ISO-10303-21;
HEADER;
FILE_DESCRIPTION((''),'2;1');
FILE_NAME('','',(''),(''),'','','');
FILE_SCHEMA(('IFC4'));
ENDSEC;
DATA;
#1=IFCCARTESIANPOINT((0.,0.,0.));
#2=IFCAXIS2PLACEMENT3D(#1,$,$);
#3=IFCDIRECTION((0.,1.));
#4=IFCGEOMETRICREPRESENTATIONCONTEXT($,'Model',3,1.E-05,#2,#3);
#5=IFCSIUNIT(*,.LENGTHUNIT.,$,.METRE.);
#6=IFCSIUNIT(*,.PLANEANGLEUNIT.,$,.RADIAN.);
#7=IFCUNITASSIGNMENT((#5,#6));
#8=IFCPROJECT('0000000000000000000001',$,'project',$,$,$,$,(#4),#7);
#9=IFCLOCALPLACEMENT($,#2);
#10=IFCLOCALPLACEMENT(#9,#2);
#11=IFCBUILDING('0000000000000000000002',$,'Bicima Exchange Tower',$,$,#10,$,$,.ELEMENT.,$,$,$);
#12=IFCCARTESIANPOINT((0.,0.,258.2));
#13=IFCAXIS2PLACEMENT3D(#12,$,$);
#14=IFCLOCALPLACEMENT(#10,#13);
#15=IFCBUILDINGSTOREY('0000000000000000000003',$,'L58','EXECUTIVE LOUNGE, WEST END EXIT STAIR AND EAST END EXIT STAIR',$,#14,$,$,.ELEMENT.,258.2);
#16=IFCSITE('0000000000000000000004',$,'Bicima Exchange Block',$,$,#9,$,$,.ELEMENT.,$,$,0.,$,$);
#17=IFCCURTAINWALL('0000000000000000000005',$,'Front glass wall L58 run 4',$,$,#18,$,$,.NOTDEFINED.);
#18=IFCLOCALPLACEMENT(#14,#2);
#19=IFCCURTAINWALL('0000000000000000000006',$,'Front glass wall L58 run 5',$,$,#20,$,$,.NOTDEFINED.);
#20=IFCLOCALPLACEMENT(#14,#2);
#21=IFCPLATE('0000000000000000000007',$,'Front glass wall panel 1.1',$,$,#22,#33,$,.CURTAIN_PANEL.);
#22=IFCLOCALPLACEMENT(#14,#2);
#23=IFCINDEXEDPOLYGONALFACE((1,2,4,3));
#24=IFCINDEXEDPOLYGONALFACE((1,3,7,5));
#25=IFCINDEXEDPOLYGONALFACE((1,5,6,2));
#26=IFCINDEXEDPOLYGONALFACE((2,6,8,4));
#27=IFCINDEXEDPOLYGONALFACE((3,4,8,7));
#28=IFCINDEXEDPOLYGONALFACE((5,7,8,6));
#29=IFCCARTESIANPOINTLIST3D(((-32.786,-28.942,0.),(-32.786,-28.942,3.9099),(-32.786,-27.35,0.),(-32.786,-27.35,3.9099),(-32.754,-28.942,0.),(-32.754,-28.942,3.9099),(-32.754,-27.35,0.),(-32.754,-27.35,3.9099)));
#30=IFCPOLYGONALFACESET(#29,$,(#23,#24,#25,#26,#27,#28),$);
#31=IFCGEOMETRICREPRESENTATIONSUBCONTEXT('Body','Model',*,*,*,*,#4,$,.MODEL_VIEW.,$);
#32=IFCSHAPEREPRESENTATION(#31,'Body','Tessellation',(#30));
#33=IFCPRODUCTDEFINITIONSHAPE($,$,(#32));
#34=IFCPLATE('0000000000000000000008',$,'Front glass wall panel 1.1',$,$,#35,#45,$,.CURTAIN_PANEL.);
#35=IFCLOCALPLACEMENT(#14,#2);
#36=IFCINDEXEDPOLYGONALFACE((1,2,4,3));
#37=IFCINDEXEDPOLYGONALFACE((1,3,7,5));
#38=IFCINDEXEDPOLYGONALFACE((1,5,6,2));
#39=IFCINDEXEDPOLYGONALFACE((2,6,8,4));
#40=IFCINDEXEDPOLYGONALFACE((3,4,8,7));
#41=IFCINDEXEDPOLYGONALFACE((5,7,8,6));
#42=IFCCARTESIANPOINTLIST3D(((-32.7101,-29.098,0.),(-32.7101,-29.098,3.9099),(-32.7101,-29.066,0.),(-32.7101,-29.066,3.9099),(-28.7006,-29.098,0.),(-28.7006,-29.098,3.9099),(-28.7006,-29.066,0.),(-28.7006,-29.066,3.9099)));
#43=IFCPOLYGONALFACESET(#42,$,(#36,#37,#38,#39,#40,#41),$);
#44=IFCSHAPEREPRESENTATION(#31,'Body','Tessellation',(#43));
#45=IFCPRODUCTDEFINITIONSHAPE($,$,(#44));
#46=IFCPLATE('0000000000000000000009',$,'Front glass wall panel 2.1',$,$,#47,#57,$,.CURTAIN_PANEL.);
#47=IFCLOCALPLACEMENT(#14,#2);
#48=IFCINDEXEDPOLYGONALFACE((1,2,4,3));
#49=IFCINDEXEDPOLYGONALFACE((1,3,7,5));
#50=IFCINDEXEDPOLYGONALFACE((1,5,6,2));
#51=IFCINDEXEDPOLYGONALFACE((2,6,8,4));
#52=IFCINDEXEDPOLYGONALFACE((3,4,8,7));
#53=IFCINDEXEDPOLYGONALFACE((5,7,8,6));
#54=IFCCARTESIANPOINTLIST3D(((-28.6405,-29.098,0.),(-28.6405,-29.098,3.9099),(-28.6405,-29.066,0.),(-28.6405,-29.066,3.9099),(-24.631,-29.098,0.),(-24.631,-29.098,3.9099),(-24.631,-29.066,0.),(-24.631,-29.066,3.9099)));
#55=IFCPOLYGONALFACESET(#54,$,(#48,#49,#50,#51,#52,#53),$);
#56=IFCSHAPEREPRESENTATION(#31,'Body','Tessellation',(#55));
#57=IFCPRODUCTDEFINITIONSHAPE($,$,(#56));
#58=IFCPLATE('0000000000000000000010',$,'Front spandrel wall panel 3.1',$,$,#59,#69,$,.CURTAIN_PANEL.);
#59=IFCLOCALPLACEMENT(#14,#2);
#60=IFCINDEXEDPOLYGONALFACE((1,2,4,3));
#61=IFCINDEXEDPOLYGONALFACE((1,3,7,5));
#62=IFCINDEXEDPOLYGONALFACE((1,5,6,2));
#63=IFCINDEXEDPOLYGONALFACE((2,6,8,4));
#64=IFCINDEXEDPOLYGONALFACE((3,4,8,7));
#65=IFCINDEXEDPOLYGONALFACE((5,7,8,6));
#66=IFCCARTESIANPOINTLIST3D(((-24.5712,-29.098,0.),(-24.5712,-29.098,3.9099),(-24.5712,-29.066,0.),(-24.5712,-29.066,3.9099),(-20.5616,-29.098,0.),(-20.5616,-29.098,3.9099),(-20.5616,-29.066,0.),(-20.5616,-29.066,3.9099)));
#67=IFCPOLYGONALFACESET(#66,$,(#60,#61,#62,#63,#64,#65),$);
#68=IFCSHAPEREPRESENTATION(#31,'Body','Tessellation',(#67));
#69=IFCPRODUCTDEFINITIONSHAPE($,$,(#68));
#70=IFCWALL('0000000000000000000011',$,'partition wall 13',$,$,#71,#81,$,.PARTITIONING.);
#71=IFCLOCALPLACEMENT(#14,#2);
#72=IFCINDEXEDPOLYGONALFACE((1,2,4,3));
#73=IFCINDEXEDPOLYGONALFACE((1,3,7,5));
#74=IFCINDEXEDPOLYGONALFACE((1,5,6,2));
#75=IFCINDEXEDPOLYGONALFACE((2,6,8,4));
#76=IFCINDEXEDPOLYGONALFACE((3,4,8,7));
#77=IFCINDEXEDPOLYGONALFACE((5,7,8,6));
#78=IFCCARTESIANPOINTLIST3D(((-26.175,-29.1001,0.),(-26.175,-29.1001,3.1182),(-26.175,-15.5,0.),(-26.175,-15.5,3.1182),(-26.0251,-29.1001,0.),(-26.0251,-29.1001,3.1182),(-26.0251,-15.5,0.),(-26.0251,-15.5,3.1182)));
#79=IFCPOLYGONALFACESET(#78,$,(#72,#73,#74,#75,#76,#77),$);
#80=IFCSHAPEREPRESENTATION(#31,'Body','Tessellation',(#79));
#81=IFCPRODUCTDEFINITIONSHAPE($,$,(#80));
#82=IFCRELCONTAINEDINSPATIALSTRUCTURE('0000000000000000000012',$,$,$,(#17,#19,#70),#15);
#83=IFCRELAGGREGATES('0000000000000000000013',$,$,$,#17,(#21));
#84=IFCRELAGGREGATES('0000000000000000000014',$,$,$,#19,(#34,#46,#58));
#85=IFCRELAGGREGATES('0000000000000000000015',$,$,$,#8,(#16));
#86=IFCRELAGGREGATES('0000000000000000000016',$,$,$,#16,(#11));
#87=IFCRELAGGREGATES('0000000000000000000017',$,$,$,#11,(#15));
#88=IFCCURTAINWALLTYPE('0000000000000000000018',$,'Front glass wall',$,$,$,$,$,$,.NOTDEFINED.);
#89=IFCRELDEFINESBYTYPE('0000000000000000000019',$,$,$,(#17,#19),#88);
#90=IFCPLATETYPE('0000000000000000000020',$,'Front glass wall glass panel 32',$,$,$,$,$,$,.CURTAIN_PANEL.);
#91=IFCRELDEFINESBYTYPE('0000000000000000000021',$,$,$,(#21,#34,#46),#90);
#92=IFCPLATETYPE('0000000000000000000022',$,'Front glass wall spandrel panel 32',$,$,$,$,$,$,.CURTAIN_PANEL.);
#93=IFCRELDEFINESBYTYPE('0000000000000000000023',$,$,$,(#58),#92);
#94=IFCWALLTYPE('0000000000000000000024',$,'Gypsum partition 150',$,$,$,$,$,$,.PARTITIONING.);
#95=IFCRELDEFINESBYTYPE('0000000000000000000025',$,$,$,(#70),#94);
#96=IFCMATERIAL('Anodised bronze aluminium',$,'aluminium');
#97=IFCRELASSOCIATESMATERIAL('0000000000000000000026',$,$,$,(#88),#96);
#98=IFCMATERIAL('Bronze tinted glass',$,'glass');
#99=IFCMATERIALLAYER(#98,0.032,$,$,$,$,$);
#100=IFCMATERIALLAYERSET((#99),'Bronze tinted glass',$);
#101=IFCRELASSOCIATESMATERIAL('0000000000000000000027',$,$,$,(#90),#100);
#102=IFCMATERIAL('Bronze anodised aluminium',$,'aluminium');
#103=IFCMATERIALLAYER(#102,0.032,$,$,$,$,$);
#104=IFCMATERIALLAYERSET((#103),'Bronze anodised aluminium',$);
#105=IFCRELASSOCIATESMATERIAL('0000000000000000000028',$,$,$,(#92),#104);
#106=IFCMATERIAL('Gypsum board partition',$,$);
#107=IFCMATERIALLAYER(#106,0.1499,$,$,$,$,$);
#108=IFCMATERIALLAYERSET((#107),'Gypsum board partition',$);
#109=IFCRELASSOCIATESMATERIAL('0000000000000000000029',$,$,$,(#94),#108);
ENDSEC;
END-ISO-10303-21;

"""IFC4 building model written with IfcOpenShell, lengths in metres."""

from ifc_helpers import new_model, si_unit, direction, frame, frame_2d, origin, origin_2d, place, context, subcontext, project, spatial, rectangle, extrude, material, layer, layer_set, type_object, element, aggregate, save


model = new_model("IFC4")

# Units and contexts
model_context = context("Model", 3, precision=1e-05, world=origin(), true_north=direction((0.0, 1.0)))
body_context = subcontext(model_context, "Body", "Model", "MODEL_VIEW")
ifc_project = project(units=[si_unit("LENGTHUNIT", "METRE"), si_unit("PLANEANGLEUNIT", "RADIAN")], contexts=[model_context])

# Site, building, storey
site_placement = place(None, origin())
site = spatial("IfcSite", under=ifc_project, at=site_placement, Name="Bicima Exchange Block", CompositionType="ELEMENT", RefElevation=0.0)
building_placement = place(site_placement, origin())
building = spatial("IfcBuilding", under=site, at=building_placement, Name="Bicima Exchange Tower", CompositionType="ELEMENT")
storey_placement = place(building_placement, frame((0.0, 0.0, 258.2)))
storey = spatial("IfcBuildingStorey", under=building, at=storey_placement, Name="L58", Description="EXECUTIVE LOUNGE, WEST END EXIT STAIR AND EAST END EXIT STAIR", CompositionType="ELEMENT", Elevation=258.2)

# Curtain walls
ifc_material_1 = material(Name="Anodised bronze aluminium", Category="aluminium")
curtain_wall_type = type_object("IfcCurtainWallType", Name="Front glass wall", PredefinedType="NOTDEFINED", material=ifc_material_1)
curtain_wall_1_placement = place(storey_placement, origin())
curtain_wall_1 = element("IfcCurtainWall", 1, at=curtain_wall_1_placement, inside=storey, type_object=curtain_wall_type, Name="Front glass wall L58 run 4", PredefinedType="NOTDEFINED")
curtain_wall_2_placement = place(storey_placement, origin())
curtain_wall_2 = element("IfcCurtainWall", 2, at=curtain_wall_2_placement, inside=storey, type_object=curtain_wall_type, Name="Front glass wall L58 run 5", PredefinedType="NOTDEFINED")

# Plates
ifc_material_2 = material(Name="Bronze tinted glass", Category="glass")
ifc_layer_1 = layer(ifc_material_2, 0.032)
ifc_layer_set_1 = layer_set([ifc_layer_1], Name="Bronze tinted glass")
plate_type_1 = type_object("IfcPlateType", Name="Front glass wall glass panel 32", PredefinedType="CURTAIN_PANEL", material=ifc_layer_set_1)
plate_1_placement = place(storey_placement, frame((-32.77, -28.146, 0.0), z_axis=(0.0, 0.0, 1.0), x_axis=(0.0, -1.0, 0.0)))
plate_1 = element("IfcPlate", 3, at=plate_1_placement, type_object=plate_type_1, Name="Front glass wall panel 1.1", PredefinedType="CURTAIN_PANEL", context=body_context, shape_type="SweptSolid", body=[
    extrude(rectangle(XDim=1.592, YDim=0.032, at=origin_2d()), origin(), (0.0, 0.0, 1.0), 3.9099),
])
aggregate(curtain_wall_1, [plate_1])
plate_2_placement = place(storey_placement, frame((-30.7053, -29.082, 0.0), z_axis=(0.0, 0.0, 1.0), x_axis=(1.0, 0.0, 0.0)))
plate_2 = element("IfcPlate", 4, at=plate_2_placement, type_object=plate_type_1, Name="Front glass wall panel 1.1", PredefinedType="CURTAIN_PANEL", context=body_context, shape_type="SweptSolid", body=[
    extrude(rectangle(XDim=4.0095, YDim=0.032, at=origin_2d()), origin(), (0.0, 0.0, 1.0), 3.9099),
])
plate_3_placement = place(storey_placement, frame((-26.6357, -29.082, 0.0), z_axis=(0.0, 0.0, 1.0), x_axis=(1.0, 0.0, 0.0)))
plate_3 = element("IfcPlate", 5, at=plate_3_placement, type_object=plate_type_1, Name="Front glass wall panel 2.1", PredefinedType="CURTAIN_PANEL", context=body_context, shape_type="SweptSolid", body=[
    extrude(rectangle(XDim=4.0095, YDim=0.032, at=origin_2d()), origin(), (0.0, 0.0, 1.0), 3.9099),
])
ifc_material_3 = material(Name="Bronze anodised aluminium", Category="aluminium")
ifc_layer_2 = layer(ifc_material_3, 0.032)
ifc_layer_set_2 = layer_set([ifc_layer_2], Name="Bronze anodised aluminium")
plate_type_2 = type_object("IfcPlateType", Name="Front glass wall spandrel panel 32", PredefinedType="CURTAIN_PANEL", material=ifc_layer_set_2)
plate_4_placement = place(storey_placement, frame((-22.5664, -29.082, 0.0), z_axis=(0.0, 0.0, 1.0), x_axis=(1.0, 0.0, 0.0)))
plate_4 = element("IfcPlate", 6, at=plate_4_placement, type_object=plate_type_2, Name="Front spandrel wall panel 3.1", PredefinedType="CURTAIN_PANEL", context=body_context, shape_type="SweptSolid", body=[
    extrude(rectangle(XDim=4.0095, YDim=0.032, at=origin_2d()), origin(), (0.0, 0.0, 1.0), 3.9099),
])
aggregate(curtain_wall_2, [plate_2, plate_3, plate_4])

# Wall
ifc_material_4 = material(Name="Gypsum board partition")
ifc_layer_3 = layer(ifc_material_4, 0.1499)
ifc_layer_set_3 = layer_set([ifc_layer_3], Name="Gypsum board partition")
wall_type = type_object("IfcWallType", Name="Gypsum partition 150", PredefinedType="PARTITIONING", material=ifc_layer_set_3)
wall_placement = place(storey_placement, frame((-26.1001, -29.1001, 0.0), z_axis=(0.0, 0.0, 1.0), x_axis=(0.0, 1.0, 0.0)))
element("IfcWall", 7, at=wall_placement, inside=storey, type_object=wall_type, Name="partition wall 13", PredefinedType="PARTITIONING", context=body_context, shape_type="SweptSolid", body=[
    extrude(rectangle(XDim=13.6001, YDim=0.1499, at=frame_2d((6.8, 0.0))), origin(), (0.0, 0.0, 1.0), 3.1182),
])

save(model, "model.ifc")
